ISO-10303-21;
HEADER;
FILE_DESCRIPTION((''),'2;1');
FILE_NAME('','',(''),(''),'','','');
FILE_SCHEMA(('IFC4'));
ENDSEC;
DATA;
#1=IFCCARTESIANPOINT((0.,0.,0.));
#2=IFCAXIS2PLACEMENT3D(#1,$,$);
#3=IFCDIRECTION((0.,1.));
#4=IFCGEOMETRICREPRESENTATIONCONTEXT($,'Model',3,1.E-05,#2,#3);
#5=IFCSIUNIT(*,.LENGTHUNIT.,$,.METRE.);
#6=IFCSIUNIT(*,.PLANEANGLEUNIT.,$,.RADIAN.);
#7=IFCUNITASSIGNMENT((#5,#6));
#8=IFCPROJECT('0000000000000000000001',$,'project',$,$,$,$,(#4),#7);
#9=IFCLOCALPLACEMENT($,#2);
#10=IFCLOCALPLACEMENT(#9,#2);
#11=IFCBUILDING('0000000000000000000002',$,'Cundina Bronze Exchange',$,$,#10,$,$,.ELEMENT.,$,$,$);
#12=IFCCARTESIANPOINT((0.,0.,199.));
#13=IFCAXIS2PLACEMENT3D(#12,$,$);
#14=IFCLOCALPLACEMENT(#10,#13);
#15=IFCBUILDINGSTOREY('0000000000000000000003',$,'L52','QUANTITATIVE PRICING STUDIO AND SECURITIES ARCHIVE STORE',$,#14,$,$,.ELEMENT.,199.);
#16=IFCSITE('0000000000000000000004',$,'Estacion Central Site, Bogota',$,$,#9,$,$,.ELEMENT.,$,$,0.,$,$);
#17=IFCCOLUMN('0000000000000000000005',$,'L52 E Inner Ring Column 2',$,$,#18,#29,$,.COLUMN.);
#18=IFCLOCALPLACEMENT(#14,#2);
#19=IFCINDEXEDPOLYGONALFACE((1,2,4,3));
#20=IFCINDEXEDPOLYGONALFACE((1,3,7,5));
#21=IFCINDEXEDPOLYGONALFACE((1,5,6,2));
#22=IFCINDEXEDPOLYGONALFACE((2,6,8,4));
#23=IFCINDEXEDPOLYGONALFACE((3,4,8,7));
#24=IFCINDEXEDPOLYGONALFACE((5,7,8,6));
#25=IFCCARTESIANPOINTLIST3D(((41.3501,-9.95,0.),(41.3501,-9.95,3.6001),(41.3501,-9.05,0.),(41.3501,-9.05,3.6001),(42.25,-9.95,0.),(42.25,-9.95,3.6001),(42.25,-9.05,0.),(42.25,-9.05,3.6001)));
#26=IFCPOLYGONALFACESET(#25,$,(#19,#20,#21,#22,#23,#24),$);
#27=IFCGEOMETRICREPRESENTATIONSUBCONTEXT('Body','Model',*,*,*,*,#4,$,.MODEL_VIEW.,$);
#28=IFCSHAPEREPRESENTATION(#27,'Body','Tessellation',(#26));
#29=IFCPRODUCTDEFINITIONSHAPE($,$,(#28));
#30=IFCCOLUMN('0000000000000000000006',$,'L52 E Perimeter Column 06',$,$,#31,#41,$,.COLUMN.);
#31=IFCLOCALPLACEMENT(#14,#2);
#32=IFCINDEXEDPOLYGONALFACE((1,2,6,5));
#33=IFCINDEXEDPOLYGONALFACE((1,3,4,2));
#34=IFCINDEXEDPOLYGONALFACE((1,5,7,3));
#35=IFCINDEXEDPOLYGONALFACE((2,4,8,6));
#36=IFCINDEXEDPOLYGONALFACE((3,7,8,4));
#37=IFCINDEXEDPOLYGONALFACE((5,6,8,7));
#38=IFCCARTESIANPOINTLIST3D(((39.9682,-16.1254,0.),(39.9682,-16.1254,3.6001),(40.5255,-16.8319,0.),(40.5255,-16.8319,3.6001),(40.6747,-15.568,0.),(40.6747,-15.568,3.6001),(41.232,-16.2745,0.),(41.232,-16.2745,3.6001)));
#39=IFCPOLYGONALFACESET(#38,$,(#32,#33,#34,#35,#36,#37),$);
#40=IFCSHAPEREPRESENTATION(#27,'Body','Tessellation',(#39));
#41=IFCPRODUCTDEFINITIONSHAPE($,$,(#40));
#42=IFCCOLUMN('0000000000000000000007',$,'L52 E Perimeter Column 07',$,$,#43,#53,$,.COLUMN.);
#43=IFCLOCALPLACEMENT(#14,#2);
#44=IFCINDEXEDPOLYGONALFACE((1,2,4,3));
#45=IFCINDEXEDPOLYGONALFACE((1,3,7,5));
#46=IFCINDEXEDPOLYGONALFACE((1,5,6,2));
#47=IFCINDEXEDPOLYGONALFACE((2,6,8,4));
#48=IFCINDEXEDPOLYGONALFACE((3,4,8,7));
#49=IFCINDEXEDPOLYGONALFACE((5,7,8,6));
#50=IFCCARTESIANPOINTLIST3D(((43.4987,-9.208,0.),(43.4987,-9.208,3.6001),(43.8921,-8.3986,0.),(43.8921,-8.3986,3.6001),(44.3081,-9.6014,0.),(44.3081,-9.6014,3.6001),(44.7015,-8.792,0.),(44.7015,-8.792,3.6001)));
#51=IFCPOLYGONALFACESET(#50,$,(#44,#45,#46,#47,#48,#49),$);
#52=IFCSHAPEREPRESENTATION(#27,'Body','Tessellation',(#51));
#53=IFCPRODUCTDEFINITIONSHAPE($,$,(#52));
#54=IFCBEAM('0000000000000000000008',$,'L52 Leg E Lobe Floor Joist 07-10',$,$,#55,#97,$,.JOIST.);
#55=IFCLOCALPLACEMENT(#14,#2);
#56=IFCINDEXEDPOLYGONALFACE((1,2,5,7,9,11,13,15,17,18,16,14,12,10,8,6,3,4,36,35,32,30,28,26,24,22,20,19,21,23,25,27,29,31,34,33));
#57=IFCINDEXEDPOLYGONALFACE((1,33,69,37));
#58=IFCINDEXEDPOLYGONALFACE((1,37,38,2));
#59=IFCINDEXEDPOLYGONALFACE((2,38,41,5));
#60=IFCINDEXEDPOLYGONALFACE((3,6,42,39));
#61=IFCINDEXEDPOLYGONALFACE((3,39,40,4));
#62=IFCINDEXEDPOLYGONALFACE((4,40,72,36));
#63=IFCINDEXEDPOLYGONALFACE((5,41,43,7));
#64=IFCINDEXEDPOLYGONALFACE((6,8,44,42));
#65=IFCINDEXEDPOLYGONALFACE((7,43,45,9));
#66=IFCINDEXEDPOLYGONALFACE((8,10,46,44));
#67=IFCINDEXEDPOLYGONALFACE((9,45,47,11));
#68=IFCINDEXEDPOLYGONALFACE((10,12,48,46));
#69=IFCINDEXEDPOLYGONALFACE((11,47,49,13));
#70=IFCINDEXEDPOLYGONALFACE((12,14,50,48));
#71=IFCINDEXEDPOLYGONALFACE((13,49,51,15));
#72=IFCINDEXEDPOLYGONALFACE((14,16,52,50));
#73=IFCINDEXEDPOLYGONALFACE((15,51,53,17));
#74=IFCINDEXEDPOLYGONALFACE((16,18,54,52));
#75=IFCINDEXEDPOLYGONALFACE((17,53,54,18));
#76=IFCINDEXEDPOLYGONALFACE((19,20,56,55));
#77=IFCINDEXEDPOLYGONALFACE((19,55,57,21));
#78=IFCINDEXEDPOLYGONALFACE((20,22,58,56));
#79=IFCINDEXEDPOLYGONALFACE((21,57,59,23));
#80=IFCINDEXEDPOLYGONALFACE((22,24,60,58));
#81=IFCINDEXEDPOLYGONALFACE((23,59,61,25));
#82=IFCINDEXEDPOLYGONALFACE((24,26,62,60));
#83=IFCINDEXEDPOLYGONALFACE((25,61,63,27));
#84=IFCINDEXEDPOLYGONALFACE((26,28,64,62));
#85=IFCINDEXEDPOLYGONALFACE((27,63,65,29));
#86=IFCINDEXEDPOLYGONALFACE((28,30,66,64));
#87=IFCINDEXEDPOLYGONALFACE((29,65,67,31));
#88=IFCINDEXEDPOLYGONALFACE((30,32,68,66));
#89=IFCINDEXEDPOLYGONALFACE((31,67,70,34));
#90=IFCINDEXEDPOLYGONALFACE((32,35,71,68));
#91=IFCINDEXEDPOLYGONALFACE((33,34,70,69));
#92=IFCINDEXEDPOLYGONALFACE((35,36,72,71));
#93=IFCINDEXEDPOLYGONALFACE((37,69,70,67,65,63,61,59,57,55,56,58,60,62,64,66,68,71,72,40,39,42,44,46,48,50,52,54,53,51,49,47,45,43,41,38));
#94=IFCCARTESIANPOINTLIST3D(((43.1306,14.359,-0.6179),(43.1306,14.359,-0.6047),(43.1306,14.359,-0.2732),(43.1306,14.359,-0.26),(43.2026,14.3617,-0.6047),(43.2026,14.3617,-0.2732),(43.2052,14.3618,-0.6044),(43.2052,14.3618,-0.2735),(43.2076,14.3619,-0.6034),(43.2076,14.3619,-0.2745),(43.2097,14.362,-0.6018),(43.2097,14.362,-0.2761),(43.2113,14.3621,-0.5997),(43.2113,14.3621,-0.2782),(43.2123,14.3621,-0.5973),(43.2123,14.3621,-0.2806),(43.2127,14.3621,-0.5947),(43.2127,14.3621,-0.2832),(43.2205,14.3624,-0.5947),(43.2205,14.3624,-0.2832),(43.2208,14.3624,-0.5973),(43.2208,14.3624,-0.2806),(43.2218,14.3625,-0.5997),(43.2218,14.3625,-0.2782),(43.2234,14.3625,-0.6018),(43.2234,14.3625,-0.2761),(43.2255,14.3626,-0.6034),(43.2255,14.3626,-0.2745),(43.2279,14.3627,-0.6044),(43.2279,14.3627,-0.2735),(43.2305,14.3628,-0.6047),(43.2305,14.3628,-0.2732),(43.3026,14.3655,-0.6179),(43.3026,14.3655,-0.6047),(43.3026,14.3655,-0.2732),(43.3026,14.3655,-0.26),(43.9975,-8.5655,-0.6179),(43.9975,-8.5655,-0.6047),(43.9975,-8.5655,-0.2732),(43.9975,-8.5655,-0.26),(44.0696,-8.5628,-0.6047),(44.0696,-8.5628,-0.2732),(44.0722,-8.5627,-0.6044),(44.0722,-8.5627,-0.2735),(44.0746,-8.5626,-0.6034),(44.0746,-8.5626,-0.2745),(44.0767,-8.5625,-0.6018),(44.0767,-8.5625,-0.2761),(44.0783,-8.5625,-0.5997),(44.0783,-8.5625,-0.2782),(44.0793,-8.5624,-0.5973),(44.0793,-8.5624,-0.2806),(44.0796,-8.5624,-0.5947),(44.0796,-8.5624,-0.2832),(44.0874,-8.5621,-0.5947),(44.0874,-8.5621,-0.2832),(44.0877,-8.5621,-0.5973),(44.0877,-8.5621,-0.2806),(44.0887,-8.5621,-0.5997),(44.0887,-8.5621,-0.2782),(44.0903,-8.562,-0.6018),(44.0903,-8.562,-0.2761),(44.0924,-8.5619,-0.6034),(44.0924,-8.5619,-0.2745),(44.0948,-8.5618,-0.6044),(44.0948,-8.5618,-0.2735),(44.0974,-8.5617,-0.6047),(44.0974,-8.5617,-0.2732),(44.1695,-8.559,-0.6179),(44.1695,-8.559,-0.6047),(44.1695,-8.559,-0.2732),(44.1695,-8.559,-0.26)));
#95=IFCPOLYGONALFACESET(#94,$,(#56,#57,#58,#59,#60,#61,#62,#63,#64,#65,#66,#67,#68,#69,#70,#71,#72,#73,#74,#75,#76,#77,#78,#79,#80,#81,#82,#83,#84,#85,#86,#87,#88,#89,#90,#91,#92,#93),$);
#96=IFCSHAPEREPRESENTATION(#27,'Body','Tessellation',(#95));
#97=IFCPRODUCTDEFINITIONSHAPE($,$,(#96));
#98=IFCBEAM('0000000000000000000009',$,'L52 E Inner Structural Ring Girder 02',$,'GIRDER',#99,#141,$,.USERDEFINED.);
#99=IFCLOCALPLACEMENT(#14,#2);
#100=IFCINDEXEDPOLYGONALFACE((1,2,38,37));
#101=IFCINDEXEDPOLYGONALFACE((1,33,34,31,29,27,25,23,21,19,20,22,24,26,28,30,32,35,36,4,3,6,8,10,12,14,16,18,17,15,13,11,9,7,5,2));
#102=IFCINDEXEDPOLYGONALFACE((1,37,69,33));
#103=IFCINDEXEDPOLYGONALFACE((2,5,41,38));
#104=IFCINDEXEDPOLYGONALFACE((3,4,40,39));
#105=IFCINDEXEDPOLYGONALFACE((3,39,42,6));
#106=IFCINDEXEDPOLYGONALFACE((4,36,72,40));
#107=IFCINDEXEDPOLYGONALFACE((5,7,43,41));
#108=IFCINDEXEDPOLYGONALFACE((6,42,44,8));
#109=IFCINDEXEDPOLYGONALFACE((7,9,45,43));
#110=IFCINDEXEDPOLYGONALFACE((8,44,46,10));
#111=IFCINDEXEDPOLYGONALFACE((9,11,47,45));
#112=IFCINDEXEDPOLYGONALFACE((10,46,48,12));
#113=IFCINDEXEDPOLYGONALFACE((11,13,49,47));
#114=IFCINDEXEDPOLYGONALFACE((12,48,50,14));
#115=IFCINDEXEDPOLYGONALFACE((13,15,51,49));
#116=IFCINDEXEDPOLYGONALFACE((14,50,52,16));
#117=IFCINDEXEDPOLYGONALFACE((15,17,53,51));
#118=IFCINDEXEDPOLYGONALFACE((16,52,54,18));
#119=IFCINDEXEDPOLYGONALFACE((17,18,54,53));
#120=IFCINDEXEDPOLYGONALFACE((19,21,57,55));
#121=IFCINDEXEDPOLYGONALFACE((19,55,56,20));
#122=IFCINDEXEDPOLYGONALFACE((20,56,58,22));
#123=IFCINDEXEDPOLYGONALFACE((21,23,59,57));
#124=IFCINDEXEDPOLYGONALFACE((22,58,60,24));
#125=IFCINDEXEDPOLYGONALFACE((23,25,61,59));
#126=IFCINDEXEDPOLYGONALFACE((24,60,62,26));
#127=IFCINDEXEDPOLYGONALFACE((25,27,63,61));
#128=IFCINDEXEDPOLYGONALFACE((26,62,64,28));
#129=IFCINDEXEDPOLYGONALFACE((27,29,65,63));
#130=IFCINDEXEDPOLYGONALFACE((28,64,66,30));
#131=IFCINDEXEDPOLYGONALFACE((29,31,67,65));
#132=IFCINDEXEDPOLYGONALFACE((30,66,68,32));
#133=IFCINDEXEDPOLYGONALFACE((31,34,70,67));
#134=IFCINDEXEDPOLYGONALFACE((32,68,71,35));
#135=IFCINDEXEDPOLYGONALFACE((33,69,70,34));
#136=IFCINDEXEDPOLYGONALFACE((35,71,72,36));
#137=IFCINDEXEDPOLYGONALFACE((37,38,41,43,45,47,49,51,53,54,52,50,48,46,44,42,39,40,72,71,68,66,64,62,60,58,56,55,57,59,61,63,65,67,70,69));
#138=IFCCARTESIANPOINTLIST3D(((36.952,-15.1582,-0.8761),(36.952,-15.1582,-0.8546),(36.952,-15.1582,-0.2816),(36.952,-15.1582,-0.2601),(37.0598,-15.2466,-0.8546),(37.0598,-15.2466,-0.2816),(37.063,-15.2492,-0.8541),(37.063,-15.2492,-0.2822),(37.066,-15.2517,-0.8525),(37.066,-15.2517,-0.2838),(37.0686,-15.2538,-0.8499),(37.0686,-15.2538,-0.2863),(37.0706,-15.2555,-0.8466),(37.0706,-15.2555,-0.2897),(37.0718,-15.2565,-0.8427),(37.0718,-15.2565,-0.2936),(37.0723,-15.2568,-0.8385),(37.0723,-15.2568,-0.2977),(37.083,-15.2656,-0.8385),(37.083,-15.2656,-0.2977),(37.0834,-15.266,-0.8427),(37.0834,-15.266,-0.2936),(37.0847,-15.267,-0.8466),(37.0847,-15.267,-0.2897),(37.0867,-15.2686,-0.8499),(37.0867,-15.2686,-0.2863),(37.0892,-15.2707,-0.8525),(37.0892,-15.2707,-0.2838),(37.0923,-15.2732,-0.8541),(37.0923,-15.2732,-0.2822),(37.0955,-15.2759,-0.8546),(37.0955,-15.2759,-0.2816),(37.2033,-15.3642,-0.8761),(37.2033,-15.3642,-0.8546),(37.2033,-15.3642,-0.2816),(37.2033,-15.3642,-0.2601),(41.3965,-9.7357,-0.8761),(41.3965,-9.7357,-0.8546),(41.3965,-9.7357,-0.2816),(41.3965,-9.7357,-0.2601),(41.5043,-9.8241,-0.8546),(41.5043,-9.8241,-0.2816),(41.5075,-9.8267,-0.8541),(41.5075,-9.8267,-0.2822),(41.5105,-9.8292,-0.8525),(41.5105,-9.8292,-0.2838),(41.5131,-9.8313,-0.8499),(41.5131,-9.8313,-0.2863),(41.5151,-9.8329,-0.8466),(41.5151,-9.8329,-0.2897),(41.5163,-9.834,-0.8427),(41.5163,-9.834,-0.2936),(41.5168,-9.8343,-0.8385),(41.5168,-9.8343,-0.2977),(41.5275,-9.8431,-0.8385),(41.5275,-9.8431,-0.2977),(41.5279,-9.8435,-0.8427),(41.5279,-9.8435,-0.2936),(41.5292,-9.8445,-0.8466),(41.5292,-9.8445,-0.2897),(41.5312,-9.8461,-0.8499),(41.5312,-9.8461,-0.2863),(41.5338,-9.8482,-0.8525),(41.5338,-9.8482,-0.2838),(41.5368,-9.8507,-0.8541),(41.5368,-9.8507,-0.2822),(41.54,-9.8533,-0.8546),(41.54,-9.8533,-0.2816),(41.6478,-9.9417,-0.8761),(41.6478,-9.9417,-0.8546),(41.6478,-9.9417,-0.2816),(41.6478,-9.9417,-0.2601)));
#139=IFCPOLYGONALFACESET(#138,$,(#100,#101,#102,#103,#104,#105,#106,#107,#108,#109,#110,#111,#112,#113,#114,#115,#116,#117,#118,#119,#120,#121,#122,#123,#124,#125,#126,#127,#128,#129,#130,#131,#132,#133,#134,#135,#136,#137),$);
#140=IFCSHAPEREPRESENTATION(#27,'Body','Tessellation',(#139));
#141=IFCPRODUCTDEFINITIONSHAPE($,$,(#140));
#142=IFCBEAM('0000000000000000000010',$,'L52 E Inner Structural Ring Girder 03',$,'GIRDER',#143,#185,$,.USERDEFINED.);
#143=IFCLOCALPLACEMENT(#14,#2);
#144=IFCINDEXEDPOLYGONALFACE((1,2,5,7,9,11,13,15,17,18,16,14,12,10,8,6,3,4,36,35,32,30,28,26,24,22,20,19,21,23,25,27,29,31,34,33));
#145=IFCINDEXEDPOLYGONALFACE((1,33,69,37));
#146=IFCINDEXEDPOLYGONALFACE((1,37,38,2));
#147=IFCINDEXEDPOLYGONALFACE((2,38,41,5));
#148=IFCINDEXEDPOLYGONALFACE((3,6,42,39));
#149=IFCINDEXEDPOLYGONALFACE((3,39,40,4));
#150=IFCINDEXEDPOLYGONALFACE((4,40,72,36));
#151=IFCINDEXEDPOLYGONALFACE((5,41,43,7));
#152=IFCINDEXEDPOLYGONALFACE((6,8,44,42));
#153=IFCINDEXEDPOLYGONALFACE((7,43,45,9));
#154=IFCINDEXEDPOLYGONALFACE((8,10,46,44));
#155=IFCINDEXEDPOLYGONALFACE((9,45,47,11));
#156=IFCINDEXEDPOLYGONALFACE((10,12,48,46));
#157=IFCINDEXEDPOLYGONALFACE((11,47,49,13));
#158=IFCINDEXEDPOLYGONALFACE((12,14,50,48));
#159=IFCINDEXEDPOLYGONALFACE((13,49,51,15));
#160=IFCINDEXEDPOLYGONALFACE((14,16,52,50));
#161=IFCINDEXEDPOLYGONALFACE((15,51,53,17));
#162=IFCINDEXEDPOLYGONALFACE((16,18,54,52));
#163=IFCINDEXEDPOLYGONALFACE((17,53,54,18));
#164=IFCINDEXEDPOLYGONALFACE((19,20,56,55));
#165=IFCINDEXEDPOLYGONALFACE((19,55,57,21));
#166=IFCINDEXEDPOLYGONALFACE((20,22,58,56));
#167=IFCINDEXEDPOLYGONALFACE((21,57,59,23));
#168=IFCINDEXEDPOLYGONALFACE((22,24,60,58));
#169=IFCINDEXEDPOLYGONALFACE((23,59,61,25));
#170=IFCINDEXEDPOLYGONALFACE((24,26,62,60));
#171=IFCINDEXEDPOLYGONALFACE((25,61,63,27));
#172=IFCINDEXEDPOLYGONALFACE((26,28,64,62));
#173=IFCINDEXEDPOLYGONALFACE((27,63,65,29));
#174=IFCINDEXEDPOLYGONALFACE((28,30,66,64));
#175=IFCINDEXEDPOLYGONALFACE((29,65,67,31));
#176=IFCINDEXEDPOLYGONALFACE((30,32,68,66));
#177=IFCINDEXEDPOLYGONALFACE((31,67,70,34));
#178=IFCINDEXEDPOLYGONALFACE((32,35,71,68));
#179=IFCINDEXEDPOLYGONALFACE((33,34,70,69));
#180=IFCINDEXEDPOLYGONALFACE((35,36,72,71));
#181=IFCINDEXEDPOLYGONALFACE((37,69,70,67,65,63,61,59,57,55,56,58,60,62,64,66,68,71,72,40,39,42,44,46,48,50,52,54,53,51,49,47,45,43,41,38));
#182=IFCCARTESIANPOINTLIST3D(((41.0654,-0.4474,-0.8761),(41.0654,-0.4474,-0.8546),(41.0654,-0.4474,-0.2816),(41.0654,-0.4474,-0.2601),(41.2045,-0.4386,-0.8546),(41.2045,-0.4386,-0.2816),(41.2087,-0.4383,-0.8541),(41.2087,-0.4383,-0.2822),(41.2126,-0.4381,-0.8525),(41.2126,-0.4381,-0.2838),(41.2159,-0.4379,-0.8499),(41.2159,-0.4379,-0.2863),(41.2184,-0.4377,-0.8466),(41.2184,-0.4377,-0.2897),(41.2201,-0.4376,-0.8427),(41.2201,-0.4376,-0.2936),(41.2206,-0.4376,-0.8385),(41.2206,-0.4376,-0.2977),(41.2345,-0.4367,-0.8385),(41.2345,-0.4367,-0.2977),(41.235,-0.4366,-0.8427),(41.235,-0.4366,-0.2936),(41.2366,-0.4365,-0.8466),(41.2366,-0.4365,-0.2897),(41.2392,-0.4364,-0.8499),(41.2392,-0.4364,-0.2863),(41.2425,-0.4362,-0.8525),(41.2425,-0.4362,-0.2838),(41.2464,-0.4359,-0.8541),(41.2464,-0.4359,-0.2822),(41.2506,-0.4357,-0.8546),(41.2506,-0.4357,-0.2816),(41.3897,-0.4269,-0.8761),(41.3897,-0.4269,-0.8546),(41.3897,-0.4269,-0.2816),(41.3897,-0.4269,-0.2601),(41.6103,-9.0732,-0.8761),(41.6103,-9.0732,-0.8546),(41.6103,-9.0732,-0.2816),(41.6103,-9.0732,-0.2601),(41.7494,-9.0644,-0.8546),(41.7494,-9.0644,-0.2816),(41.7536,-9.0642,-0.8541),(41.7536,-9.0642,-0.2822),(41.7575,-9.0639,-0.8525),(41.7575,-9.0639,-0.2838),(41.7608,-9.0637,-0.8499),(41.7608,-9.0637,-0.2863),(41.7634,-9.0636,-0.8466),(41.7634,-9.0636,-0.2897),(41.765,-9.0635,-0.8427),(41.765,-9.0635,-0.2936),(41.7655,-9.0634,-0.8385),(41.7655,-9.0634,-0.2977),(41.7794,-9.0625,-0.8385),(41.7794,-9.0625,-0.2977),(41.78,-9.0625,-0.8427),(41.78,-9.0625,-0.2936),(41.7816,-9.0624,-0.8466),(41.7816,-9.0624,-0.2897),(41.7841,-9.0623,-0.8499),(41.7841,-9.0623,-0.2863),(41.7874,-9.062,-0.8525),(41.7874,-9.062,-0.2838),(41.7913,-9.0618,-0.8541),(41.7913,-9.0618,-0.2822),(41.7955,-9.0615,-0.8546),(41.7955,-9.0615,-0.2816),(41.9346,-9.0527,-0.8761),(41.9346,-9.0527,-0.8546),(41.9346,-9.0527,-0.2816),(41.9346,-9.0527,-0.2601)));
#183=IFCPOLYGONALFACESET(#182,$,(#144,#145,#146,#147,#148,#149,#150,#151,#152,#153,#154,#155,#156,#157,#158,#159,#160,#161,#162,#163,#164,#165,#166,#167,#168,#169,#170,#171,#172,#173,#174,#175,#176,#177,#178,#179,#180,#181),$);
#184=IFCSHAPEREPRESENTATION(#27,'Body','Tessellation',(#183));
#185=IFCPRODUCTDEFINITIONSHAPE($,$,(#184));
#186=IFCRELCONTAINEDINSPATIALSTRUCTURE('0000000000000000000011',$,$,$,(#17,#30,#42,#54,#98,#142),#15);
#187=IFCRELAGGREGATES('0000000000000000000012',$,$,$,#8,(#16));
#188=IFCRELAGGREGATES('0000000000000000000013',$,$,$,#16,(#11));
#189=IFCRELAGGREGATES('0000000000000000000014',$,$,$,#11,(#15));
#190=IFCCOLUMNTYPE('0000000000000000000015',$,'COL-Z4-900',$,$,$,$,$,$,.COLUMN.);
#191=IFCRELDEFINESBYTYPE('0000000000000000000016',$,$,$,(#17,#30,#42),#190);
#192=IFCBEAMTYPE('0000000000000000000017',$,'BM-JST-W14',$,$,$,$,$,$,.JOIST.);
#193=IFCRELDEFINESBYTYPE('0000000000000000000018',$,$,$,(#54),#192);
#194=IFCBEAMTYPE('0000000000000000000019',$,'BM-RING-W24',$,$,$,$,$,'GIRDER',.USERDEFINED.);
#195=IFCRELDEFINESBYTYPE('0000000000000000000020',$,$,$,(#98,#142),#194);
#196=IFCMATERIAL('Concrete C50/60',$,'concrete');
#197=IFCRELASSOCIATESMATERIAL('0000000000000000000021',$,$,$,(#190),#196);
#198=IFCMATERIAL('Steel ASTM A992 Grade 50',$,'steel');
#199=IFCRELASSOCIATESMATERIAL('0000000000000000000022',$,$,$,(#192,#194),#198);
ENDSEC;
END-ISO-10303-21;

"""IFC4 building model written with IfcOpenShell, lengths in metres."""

from ifc_helpers import new_model, si_unit, direction, frame, origin, origin_2d, place, context, subcontext, project, spatial, rectangle, i_section, extrude, material, material_profile, profile_set, type_object, element, save


model = new_model("IFC4")

# Units and contexts
model_context = context("Model", 3, precision=1e-05, world=origin(), true_north=direction((0.0, 1.0)))
body_context = subcontext(model_context, "Body", "Model", "MODEL_VIEW")
ifc_project = project(units=[si_unit("LENGTHUNIT", "METRE"), si_unit("PLANEANGLEUNIT", "RADIAN")], contexts=[model_context])

# Site, building, storey
site_placement = place(None, origin())
site = spatial("IfcSite", under=ifc_project, at=site_placement, Name="Estacion Central Site, Bogota", CompositionType="ELEMENT", RefElevation=0.0)
building_placement = place(site_placement, origin())
building = spatial("IfcBuilding", under=site, at=building_placement, Name="Cundina Bronze Exchange", CompositionType="ELEMENT")
storey_placement = place(building_placement, frame((0.0, 0.0, 199.0)))
storey = spatial("IfcBuildingStorey", under=building, at=storey_placement, Name="L52", Description="QUANTITATIVE PRICING STUDIO AND SECURITIES ARCHIVE STORE", CompositionType="ELEMENT", Elevation=199.0)

# Columns
ifc_material_1 = material(Name="Concrete C50/60", Category="concrete")
ifc_material_profile_1 = material_profile(ifc_material_1, rectangle(XDim=0.8999, YDim=0.8999, at=origin_2d()), Name="RC900X900", Category="concrete")
ifc_profile_set_1 = profile_set([ifc_material_profile_1], Name="Concrete C50/60")
column_type = type_object("IfcColumnType", Name="COL-Z4-900", PredefinedType="COLUMN", material=ifc_profile_set_1)
for number, where, z_axis, x_axis, name in (
    (1, (41.8, -9.5, 0.0), (0.0, 0.0, 1.0), (1.0, 0.0, 0.0), "L52 E Inner Ring Column 2"),
    (2, (40.6001, -16.2, 0.0), (0.0, 0.0, 1.0), (0.785101, 0.619368, 0.0), "L52 E Perimeter Column 06"),
    (3, (44.1001, -9.0, 0.0), (0.0, 0.0, 1.0), (0.437116, 0.899405, 0.0), "L52 E Perimeter Column 07"),
):
    element("IfcColumn", number, at=place(storey_placement, frame(where, z_axis=z_axis, x_axis=x_axis)), inside=storey, type_object=column_type, Name=name, PredefinedType="COLUMN", context=body_context, shape_type="SweptSolid", body=[
        extrude(rectangle(XDim=0.8999, YDim=0.8999, at=origin_2d()), origin(), (0.0, 0.0, 1.0), 3.6001),
    ])

# Beams
ifc_material_2 = material(Name="Steel ASTM A992 Grade 50", Category="steel")
ifc_material_profile_2 = material_profile(ifc_material_2, i_section(OverallWidth=0.1721, OverallDepth=0.3579, WebThickness=0.0078, FlangeThickness=0.0132, FilletRadius=0.01, at=origin_2d()), Name="W14X38", Category="steel")
ifc_profile_set_2 = profile_set([ifc_material_profile_2], Name="Steel ASTM A992 Grade 50")
beam_type_1 = type_object("IfcBeamType", Name="BM-JST-W14", PredefinedType="JOIST", material=ifc_profile_set_2)
beam_1_placement = place(storey_placement, frame((44.0835, -8.5623, -0.439), z_axis=(-0.03779, 0.999286, 0.0), x_axis=(-0.999286, -0.03779, 0.0)))
element("IfcBeam", 4, at=beam_1_placement, inside=storey, type_object=beam_type_1, Name="L52 Leg E Lobe Floor Joist 07-10", PredefinedType="JOIST", context=body_context, shape_type="SweptSolid", body=[
    extrude(i_section(OverallWidth=0.1721, OverallDepth=0.3579, WebThickness=0.0078, FlangeThickness=0.0132, FilletRadius=0.01, at=origin_2d()), origin(), (0.0, 0.0, 1.0), 22.9409),
])
ifc_material_profile_3 = material_profile(ifc_material_2, i_section(OverallWidth=0.325, OverallDepth=0.616, WebThickness=0.0139, FlangeThickness=0.0215, FilletRadius=0.0161, at=origin_2d()), Name="W24X117", Category="steel")
ifc_profile_set_3 = profile_set([ifc_material_profile_3], Name="Steel ASTM A992 Grade 50")
beam_type_2 = type_object("IfcBeamType", Name="BM-RING-W24", ElementType="GIRDER", PredefinedType="USERDEFINED", material=ifc_profile_set_3)
beam_2_placement = place(storey_placement, frame((37.0776, -15.2612, -0.5681), z_axis=(0.633913, 0.773405, 0.0), x_axis=(-0.773405, 0.633913, 0.0)))
element("IfcBeam", 5, at=beam_2_placement, inside=storey, type_object=beam_type_2, Name="L52 E Inner Structural Ring Girder 02", ObjectType="GIRDER", PredefinedType="USERDEFINED", context=body_context, shape_type="SweptSolid", body=[
    extrude(i_section(OverallWidth=0.325, OverallDepth=0.616, WebThickness=0.0139, FlangeThickness=0.0215, FilletRadius=0.0161, at=origin_2d()), origin(), (0.0, 0.0, 1.0), 7.0112),
])
beam_3_placement = place(storey_placement, frame((41.7725, -9.063, -0.5681), z_axis=(-0.063047, 0.998011, 0.0), x_axis=(-0.998011, -0.063047, 0.0)))
element("IfcBeam", 6, at=beam_3_placement, inside=storey, type_object=beam_type_2, Name="L52 E Inner Structural Ring Girder 03", ObjectType="GIRDER", PredefinedType="USERDEFINED", context=body_context, shape_type="SweptSolid", body=[
    extrude(i_section(OverallWidth=0.325, OverallDepth=0.616, WebThickness=0.0139, FlangeThickness=0.0215, FilletRadius=0.0161, at=origin_2d()), origin(), (0.0, 0.0, 1.0), 8.6431),
])

save(model, "model.ifc")
